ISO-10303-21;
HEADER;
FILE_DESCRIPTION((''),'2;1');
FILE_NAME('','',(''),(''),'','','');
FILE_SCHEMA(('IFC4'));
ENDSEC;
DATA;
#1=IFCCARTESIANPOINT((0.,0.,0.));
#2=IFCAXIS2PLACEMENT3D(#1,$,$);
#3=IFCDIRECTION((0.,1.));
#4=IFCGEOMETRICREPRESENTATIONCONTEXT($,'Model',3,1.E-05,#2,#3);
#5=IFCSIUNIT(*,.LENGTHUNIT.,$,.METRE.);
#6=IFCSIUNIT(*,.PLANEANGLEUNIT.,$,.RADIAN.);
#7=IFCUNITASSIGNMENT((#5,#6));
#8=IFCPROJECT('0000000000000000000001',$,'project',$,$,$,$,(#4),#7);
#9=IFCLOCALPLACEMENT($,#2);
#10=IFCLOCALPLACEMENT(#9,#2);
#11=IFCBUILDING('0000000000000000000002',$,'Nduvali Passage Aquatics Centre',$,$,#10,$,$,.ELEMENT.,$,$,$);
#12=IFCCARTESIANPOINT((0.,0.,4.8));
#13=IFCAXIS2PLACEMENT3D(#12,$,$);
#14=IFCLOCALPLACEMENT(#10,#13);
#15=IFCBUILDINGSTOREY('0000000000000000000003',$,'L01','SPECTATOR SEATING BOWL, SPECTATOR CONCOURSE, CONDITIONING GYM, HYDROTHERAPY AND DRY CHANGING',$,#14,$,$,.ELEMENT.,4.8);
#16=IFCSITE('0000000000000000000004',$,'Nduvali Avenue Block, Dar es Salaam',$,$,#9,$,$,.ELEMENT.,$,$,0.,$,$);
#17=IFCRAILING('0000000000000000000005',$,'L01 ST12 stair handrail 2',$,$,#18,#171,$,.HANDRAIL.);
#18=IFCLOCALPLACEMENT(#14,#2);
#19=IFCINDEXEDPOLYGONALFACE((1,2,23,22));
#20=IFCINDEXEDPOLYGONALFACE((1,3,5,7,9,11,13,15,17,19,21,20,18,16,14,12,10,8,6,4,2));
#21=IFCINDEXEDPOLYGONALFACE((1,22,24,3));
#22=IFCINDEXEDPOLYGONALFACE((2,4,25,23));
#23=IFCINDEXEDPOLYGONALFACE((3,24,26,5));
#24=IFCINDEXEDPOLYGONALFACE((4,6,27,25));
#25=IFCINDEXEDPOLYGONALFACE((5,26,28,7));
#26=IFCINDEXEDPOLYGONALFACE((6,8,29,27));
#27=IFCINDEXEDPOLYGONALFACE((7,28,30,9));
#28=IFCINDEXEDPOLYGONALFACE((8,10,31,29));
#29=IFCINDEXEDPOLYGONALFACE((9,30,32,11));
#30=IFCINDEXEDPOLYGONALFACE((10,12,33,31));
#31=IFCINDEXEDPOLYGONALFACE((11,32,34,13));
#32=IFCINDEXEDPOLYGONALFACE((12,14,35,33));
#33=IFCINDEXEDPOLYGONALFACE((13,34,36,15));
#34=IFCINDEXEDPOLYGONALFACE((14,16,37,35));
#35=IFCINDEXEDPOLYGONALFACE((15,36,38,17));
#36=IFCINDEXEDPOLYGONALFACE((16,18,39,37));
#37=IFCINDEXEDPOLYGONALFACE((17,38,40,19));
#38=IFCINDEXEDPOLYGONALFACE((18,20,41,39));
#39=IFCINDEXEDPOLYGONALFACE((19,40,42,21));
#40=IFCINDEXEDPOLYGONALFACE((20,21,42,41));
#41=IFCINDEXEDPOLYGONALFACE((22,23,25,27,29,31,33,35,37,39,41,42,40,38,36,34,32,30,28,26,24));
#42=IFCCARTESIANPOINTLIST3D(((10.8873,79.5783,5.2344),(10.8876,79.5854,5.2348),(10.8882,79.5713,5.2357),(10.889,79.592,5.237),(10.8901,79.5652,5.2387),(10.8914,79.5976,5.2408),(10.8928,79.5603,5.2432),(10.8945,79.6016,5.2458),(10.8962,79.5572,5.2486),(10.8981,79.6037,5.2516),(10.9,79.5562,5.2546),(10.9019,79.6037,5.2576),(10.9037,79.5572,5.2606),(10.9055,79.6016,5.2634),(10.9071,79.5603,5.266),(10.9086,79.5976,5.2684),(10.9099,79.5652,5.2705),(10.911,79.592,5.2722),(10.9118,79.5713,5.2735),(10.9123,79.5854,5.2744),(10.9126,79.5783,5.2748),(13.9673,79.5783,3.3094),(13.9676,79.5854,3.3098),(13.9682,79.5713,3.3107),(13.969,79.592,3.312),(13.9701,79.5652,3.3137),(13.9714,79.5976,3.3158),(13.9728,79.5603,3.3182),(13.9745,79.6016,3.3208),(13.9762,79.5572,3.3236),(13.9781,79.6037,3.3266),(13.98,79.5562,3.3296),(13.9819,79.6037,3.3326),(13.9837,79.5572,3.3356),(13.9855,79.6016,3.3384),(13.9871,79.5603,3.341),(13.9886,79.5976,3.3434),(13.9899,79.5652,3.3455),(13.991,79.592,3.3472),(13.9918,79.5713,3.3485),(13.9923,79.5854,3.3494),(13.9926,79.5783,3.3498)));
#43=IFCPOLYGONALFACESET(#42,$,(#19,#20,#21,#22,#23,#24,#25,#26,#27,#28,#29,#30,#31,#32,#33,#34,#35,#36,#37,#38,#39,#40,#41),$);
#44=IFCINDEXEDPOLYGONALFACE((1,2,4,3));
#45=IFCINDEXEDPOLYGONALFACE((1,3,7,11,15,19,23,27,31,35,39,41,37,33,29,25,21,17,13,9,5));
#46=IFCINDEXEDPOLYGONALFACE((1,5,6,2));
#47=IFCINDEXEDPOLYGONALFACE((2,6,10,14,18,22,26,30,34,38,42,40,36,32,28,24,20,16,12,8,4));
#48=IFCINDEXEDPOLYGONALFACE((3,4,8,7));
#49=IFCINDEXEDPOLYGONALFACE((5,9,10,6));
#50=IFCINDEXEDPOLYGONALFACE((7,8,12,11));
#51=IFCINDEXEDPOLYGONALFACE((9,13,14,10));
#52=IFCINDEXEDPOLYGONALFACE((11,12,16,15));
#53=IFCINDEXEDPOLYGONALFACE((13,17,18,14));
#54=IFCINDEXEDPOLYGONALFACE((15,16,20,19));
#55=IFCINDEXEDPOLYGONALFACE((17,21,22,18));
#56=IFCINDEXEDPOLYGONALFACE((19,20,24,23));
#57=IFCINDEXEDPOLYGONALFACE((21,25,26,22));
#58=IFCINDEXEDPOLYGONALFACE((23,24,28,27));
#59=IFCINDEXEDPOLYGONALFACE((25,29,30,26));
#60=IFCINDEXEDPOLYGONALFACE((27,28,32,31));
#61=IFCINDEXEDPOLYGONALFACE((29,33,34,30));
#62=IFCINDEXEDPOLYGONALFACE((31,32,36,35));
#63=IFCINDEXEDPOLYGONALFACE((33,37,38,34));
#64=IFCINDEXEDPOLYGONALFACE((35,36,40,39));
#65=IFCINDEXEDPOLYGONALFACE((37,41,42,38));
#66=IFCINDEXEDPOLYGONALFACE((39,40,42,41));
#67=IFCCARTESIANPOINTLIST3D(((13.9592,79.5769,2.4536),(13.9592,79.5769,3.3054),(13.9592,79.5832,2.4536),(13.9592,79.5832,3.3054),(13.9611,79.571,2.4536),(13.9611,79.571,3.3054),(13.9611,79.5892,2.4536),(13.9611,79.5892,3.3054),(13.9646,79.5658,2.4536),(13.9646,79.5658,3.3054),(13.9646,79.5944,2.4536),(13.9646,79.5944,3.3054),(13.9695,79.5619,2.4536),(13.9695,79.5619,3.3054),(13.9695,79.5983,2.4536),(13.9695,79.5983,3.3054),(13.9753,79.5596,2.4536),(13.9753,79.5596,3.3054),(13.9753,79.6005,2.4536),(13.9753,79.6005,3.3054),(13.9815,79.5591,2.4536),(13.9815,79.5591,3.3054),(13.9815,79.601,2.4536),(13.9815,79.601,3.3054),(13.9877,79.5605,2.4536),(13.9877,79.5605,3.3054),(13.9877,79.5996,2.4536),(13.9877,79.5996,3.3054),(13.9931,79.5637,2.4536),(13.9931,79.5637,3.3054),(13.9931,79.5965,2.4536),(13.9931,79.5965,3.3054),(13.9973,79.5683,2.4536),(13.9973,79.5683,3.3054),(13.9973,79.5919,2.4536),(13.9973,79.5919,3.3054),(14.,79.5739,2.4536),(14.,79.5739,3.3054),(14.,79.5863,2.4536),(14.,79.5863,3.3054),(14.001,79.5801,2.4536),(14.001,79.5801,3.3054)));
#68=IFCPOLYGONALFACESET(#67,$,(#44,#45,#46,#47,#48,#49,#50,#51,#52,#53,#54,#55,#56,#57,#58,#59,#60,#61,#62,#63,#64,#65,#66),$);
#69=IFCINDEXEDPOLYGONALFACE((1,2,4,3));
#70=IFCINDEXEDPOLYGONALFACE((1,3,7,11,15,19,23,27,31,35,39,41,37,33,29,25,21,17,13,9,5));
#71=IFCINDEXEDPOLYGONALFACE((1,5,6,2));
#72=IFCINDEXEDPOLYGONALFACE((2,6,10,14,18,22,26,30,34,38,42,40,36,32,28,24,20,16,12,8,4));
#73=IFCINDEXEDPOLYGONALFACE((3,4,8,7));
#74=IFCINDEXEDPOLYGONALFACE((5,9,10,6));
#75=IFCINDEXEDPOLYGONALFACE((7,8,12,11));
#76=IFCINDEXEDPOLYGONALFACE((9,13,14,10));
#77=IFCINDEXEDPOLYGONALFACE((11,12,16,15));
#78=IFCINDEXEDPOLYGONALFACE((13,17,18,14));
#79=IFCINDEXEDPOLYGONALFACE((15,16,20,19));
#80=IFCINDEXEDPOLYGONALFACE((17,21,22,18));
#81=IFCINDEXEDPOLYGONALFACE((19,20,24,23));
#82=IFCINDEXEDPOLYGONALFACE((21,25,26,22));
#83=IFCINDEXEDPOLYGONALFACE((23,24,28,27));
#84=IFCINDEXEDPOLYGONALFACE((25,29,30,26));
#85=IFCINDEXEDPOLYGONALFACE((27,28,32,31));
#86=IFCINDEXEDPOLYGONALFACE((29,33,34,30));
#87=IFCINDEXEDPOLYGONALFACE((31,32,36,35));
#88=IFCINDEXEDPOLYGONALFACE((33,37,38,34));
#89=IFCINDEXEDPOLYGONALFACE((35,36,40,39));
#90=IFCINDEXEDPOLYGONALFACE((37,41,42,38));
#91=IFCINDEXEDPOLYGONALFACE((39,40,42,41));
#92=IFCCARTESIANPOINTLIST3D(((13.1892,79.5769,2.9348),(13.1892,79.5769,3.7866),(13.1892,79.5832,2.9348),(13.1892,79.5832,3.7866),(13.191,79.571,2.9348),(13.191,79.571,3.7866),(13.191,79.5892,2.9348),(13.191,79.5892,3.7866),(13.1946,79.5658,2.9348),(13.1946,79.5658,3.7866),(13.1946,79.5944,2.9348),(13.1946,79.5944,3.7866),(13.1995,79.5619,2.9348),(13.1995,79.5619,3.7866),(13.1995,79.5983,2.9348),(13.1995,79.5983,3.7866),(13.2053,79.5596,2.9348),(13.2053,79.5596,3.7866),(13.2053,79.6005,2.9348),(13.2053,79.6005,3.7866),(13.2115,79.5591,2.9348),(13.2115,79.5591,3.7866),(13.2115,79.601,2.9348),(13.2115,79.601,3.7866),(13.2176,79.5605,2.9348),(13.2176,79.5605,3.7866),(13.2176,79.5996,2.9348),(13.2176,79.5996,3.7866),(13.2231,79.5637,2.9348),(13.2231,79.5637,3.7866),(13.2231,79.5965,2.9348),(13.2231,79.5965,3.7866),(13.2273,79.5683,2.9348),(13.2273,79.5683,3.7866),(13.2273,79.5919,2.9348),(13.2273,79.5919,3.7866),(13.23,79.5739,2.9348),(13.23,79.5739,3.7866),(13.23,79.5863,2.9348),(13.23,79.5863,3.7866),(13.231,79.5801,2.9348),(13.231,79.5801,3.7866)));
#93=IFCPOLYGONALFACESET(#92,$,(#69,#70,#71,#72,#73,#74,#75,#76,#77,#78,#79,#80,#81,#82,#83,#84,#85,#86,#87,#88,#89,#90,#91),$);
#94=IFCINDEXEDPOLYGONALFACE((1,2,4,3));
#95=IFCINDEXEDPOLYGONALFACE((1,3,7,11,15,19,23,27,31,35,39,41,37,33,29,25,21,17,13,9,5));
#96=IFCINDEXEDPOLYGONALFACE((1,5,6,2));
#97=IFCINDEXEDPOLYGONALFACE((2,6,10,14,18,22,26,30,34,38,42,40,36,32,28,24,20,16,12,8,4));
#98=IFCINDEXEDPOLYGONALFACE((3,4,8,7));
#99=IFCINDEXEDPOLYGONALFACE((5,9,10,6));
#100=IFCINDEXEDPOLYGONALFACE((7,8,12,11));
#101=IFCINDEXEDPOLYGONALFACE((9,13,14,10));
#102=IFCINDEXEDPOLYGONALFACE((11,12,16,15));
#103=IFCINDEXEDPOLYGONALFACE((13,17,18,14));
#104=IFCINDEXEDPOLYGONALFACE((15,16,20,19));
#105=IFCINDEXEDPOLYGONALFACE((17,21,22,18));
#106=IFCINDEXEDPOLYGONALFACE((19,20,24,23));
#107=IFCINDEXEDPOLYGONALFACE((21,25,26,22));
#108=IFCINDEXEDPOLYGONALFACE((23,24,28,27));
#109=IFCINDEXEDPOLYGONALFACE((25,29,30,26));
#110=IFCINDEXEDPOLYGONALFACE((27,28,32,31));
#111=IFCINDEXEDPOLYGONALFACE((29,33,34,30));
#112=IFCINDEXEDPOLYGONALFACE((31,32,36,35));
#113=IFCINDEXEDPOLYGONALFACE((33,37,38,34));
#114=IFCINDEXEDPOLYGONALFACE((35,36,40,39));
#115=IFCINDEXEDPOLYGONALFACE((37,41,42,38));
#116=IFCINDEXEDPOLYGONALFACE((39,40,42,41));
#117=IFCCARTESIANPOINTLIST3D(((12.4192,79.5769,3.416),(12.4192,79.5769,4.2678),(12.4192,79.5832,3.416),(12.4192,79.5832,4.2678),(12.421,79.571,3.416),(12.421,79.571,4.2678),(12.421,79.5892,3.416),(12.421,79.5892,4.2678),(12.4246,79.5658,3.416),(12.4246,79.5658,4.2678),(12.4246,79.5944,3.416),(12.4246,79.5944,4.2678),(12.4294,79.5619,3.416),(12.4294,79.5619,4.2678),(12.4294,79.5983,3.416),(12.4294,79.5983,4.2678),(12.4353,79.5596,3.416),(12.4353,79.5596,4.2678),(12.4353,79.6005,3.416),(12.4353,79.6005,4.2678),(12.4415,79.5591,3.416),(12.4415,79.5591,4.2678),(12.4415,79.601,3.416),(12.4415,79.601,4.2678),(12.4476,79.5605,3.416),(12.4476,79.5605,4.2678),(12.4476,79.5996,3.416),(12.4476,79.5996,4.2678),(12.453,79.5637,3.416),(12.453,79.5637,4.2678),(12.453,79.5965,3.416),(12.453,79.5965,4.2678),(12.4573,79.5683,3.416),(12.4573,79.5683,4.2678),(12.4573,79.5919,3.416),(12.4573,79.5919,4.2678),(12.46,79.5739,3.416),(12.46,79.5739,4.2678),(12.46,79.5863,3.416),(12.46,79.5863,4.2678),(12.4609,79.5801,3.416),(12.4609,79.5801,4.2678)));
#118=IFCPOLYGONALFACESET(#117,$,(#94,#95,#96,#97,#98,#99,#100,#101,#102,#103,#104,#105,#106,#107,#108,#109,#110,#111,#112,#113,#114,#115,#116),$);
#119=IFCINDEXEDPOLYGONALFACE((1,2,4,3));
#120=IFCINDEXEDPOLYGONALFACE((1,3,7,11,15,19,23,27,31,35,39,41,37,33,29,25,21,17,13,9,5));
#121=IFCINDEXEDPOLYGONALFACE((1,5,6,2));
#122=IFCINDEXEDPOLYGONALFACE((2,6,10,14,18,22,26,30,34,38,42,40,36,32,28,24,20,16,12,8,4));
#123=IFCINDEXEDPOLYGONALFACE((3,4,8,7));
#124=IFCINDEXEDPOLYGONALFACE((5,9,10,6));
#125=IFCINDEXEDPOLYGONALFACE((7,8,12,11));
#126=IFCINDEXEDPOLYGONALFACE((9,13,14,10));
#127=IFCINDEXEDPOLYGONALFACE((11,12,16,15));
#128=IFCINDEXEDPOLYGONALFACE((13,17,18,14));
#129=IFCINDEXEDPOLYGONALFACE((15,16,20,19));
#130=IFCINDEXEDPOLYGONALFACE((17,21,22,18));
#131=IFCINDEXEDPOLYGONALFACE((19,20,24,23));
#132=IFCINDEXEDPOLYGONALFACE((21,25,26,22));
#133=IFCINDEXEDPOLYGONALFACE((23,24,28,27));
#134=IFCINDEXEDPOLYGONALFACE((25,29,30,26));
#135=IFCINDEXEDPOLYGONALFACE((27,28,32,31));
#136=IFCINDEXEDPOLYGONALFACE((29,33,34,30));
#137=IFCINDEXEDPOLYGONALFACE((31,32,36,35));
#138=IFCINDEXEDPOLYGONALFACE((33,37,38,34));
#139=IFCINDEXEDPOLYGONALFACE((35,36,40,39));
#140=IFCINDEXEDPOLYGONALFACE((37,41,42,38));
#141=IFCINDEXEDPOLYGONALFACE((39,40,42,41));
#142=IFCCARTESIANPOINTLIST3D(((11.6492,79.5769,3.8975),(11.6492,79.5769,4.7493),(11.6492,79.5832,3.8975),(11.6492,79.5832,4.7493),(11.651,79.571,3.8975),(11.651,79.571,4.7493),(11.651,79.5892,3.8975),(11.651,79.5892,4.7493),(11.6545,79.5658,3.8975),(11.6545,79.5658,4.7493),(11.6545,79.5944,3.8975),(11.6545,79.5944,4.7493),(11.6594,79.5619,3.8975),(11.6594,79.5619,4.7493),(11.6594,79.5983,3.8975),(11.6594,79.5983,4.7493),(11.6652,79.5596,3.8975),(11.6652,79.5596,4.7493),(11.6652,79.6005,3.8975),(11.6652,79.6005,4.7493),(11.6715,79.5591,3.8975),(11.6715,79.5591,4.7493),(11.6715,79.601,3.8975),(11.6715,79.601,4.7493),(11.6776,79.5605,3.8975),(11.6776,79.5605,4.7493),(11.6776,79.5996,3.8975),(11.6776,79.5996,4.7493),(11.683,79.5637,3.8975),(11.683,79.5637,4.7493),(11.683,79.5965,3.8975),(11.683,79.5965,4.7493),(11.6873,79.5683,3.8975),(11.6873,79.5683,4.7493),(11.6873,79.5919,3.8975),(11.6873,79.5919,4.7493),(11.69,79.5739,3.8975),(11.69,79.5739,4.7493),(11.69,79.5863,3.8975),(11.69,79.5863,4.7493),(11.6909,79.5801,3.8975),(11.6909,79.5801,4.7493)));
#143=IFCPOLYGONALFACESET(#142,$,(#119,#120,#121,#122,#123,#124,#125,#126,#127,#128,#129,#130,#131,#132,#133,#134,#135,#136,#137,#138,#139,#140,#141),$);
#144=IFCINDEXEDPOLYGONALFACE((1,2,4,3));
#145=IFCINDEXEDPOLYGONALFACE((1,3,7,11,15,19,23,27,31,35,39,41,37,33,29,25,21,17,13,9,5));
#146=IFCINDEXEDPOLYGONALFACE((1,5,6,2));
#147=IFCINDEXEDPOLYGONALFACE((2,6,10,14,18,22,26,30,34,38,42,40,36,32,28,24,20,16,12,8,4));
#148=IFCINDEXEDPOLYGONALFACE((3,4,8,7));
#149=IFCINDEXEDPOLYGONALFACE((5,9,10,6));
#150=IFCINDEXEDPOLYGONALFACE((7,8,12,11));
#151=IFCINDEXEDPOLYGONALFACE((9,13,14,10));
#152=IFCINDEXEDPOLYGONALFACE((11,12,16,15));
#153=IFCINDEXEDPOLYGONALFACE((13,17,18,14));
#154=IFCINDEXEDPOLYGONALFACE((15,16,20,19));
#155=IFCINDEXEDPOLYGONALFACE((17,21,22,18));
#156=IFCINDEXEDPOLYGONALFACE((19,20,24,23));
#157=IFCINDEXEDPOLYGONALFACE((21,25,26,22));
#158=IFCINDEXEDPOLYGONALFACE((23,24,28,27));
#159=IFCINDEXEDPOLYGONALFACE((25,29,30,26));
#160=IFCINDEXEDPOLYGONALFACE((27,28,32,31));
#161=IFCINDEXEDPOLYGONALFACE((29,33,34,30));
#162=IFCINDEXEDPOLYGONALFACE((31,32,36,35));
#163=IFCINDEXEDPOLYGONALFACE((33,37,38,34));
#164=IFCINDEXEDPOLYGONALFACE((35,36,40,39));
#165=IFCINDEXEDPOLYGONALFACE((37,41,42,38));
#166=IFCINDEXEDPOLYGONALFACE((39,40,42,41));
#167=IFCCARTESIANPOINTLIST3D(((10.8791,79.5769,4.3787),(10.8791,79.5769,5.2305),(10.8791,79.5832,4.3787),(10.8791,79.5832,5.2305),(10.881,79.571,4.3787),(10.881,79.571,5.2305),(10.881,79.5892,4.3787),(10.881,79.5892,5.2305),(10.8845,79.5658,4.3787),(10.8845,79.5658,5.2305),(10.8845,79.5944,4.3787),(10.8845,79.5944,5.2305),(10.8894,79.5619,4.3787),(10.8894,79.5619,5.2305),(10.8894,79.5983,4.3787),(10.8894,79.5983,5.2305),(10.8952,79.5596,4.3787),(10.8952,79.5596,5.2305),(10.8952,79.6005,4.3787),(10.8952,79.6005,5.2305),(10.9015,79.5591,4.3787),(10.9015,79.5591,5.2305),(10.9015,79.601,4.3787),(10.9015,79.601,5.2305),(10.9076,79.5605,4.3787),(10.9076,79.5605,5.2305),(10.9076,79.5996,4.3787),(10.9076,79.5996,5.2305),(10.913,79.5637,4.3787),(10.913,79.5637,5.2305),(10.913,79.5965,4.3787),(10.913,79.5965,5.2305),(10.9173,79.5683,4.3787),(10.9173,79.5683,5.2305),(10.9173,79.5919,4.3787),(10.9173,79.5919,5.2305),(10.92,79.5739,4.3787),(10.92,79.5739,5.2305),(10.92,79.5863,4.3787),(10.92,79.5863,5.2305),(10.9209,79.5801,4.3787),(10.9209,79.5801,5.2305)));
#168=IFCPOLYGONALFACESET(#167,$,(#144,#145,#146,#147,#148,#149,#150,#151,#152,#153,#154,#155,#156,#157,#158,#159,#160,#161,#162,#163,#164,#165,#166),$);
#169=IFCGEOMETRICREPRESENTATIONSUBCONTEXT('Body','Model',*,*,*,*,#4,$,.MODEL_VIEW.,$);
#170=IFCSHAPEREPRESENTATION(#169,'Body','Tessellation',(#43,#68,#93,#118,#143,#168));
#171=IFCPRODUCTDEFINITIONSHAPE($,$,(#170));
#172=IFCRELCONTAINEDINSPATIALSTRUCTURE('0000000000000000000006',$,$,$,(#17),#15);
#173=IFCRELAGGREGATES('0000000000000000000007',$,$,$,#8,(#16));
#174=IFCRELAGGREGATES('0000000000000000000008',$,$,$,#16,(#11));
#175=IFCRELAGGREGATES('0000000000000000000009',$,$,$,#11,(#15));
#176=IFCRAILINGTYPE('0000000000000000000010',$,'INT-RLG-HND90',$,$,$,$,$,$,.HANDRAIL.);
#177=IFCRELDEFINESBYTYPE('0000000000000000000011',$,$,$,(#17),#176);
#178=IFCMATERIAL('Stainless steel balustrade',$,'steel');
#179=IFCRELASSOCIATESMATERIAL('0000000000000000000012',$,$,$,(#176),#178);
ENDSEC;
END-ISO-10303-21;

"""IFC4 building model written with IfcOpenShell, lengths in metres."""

from ifc_helpers import new_model, si_unit, direction, frame, origin, origin_2d, place, context, subcontext, project, spatial, circle, extrude, material, type_object, element, save


model = new_model("IFC4")

# Units and contexts
model_context = context("Model", 3, precision=1e-05, world=origin(), true_north=direction((0.0, 1.0)))
body_context = subcontext(model_context, "Body", "Model", "MODEL_VIEW")
ifc_project = project(units=[si_unit("LENGTHUNIT", "METRE"), si_unit("PLANEANGLEUNIT", "RADIAN")], contexts=[model_context])

# Site, building, storey
site_placement = place(None, origin())
site = spatial("IfcSite", under=ifc_project, at=site_placement, Name="Nduvali Avenue Block, Dar es Salaam", CompositionType="ELEMENT", RefElevation=0.0)
building_placement = place(site_placement, origin())
building = spatial("IfcBuilding", under=site, at=building_placement, Name="Nduvali Passage Aquatics Centre", CompositionType="ELEMENT")
storey_placement = place(building_placement, frame((0.0, 0.0, 4.8)))
storey = spatial("IfcBuildingStorey", under=building, at=storey_placement, Name="L01", Description="SPECTATOR SEATING BOWL, SPECTATOR CONCOURSE, CONDITIONING GYM, HYDROTHERAPY AND DRY CHANGING", CompositionType="ELEMENT", Elevation=4.8)

# Railing
ifc_material_1 = material(Name="Stainless steel balustrade", Category="steel")
railing_type_1 = type_object("IfcRailingType", Name="INT-RLG-HND90", PredefinedType="HANDRAIL", material=ifc_material_1)
railing_1_placement = place(storey_placement, frame((13.98, 79.5801, 2.4536)))
element("IfcRailing", 1, at=railing_1_placement, inside=storey, type_object=railing_type_1, Name="L01 ST12 stair handrail 2", PredefinedType="HANDRAIL", context=body_context, shape_type="SweptSolid", body=[
    extrude(circle(Radius=0.0239, at=origin_2d()), frame((0.0, 0.0, 0.876), z_axis=(-0.847998, 0.0, 0.529999), x_axis=(0.0, -1.0, 0.0)), (0.0, 0.0, 1.0), 3.6321),
    extrude(circle(Radius=0.021, at=origin_2d()), origin(), (0.0, 0.0, 1.0), 0.8518),
    extrude(circle(Radius=0.021, at=origin_2d()), frame((-0.77, 0.0, 0.4812)), (0.0, 0.0, 1.0), 0.8518),
    extrude(circle(Radius=0.021, at=origin_2d()), frame((-1.54, 0.0, 0.9624)), (0.0, 0.0, 1.0), 0.8518),
    extrude(circle(Radius=0.021, at=origin_2d()), frame((-2.3101, 0.0, 1.4438)), (0.0, 0.0, 1.0), 0.8518),
    extrude(circle(Radius=0.021, at=origin_2d()), frame((-3.0801, 0.0, 1.925)), (0.0, 0.0, 1.0), 0.8518),
])

save(model, "model.ifc")
